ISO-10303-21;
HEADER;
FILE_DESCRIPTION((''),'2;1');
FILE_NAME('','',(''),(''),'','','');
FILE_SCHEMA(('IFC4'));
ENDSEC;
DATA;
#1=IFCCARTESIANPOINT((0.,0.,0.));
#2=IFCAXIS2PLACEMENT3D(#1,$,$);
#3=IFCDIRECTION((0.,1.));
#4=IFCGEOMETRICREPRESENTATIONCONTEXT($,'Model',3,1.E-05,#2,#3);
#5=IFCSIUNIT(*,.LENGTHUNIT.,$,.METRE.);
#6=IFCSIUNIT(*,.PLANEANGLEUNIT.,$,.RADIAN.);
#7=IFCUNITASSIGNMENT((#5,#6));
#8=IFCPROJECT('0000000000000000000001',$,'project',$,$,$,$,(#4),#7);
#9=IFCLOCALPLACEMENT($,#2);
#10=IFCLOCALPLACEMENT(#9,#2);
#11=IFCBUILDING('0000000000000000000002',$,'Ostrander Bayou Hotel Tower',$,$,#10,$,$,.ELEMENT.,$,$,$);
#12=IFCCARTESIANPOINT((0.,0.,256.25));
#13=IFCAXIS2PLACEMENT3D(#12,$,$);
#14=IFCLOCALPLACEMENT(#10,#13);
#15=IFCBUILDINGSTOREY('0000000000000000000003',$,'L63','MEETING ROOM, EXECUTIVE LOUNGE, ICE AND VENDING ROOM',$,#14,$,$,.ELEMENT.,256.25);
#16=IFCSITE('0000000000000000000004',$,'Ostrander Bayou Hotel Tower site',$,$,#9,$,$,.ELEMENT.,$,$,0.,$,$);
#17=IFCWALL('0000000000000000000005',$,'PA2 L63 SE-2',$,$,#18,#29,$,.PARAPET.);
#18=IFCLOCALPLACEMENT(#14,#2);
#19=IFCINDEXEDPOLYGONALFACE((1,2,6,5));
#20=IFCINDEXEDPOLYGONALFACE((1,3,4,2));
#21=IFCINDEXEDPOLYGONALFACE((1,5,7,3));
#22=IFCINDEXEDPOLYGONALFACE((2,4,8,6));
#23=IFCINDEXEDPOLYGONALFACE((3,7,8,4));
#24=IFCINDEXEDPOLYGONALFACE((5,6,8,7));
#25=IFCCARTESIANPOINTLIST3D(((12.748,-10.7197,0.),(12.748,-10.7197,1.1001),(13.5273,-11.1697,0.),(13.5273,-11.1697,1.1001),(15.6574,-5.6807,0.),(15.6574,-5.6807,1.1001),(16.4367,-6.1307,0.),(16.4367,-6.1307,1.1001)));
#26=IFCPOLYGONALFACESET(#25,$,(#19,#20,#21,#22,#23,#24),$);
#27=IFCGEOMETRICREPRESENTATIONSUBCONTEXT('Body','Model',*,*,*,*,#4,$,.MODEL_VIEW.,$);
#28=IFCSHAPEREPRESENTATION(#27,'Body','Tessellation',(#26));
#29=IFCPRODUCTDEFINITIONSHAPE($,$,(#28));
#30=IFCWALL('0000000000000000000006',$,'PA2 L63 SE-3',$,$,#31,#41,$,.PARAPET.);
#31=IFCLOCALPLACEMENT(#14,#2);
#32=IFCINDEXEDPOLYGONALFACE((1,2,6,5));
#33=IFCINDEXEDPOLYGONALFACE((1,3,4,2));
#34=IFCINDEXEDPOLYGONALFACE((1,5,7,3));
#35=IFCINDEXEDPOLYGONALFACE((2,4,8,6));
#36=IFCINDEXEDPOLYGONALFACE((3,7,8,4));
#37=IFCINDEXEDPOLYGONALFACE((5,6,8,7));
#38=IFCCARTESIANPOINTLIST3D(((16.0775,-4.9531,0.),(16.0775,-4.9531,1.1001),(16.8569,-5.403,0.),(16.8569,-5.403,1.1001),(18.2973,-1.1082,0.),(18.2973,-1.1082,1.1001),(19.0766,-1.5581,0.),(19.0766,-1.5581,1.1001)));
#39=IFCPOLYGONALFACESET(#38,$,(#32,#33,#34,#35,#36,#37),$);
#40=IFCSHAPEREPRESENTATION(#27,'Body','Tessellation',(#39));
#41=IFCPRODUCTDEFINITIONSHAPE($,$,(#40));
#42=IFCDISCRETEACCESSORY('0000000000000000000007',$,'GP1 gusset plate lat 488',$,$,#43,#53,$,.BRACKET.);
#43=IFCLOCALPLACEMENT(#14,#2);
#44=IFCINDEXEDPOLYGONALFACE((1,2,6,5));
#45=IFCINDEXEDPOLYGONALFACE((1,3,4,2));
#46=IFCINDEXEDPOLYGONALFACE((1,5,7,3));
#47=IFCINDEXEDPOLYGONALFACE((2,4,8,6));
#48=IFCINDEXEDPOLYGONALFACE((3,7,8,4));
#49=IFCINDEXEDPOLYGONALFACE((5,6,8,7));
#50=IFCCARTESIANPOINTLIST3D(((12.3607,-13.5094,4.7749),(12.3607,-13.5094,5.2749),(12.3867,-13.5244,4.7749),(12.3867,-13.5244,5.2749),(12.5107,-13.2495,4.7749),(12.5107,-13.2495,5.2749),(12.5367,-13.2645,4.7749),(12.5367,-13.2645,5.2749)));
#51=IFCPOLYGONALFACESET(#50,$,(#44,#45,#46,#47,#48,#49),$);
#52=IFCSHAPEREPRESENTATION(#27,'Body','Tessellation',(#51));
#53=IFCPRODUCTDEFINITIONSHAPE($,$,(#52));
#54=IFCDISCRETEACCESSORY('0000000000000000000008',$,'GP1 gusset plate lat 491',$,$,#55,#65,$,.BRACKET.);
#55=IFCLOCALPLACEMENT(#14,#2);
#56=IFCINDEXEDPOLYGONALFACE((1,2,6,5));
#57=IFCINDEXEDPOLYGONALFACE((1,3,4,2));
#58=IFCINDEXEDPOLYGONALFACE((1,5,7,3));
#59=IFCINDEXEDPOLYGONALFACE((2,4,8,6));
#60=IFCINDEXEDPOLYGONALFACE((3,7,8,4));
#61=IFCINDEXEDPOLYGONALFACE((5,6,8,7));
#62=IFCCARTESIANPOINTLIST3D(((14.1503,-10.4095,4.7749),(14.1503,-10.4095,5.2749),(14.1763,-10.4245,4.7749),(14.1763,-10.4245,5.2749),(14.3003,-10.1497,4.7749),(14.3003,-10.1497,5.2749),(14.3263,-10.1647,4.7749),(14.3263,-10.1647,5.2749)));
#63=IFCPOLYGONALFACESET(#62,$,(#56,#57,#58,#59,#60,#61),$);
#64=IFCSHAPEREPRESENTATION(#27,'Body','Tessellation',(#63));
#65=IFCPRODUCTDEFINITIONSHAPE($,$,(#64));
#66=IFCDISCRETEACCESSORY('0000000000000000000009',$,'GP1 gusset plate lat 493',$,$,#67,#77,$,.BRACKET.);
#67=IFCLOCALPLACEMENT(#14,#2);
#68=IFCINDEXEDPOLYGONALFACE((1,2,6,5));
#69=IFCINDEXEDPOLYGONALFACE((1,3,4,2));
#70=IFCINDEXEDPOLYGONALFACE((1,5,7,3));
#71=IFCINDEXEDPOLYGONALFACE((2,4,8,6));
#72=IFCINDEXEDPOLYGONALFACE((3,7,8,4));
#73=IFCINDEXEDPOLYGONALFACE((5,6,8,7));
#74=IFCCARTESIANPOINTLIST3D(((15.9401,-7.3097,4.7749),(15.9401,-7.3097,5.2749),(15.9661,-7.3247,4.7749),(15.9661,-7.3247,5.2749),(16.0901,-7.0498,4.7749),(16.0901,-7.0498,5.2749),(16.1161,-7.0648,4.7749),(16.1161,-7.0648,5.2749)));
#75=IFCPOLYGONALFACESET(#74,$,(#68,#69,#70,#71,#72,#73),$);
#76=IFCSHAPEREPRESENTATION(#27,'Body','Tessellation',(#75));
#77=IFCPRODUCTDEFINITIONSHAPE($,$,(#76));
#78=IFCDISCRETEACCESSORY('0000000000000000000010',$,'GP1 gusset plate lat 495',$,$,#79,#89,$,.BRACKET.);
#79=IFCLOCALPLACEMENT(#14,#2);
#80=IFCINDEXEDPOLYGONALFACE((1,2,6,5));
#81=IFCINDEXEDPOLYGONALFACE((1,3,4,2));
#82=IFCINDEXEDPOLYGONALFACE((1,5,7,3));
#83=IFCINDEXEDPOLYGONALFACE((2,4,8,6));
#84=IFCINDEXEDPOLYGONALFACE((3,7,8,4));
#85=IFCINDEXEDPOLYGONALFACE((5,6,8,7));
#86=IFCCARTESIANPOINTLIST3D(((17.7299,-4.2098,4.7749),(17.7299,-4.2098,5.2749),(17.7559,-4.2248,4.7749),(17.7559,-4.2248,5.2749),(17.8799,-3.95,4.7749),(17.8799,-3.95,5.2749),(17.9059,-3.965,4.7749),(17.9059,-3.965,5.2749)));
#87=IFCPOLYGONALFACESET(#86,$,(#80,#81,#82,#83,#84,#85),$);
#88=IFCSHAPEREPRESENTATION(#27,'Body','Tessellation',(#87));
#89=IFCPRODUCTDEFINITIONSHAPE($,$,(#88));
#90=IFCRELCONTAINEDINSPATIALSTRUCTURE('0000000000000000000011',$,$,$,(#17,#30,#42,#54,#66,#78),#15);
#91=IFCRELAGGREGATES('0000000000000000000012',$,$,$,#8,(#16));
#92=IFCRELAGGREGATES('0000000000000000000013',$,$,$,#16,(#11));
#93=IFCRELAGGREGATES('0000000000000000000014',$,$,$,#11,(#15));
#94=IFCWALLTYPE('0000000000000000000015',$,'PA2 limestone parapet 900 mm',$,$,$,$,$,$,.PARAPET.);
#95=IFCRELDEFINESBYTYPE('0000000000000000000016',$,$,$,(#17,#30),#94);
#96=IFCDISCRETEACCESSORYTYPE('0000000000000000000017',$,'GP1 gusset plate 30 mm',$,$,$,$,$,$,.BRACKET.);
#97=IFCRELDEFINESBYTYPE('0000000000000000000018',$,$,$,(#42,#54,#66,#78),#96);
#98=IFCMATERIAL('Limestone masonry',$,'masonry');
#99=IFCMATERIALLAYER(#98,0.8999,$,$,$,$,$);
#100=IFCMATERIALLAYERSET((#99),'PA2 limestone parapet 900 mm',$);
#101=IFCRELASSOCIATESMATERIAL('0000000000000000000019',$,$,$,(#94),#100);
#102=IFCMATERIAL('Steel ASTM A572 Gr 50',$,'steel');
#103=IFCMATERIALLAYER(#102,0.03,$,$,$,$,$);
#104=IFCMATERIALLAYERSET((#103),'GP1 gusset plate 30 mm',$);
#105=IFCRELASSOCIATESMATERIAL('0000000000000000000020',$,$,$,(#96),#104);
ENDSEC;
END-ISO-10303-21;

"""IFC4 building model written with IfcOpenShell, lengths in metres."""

from ifc_helpers import new_model, si_unit, direction, frame, frame_2d, origin, origin_2d, place, context, subcontext, project, spatial, rectangle, extrude, material, layer, layer_set, type_object, element, save


model = new_model("IFC4")

# Units and contexts
model_context = context("Model", 3, precision=1e-05, world=origin(), true_north=direction((0.0, 1.0)))
body_context = subcontext(model_context, "Body", "Model", "MODEL_VIEW")
ifc_project = project(units=[si_unit("LENGTHUNIT", "METRE"), si_unit("PLANEANGLEUNIT", "RADIAN")], contexts=[model_context])

# Site, building, storey
site_placement = place(None, origin())
site = spatial("IfcSite", under=ifc_project, at=site_placement, Name="Ostrander Bayou Hotel Tower site", CompositionType="ELEMENT", RefElevation=0.0)
building_placement = place(site_placement, origin())
building = spatial("IfcBuilding", under=site, at=building_placement, Name="Ostrander Bayou Hotel Tower", CompositionType="ELEMENT")
storey_placement = place(building_placement, frame((0.0, 0.0, 256.25)))
storey = spatial("IfcBuildingStorey", under=building, at=storey_placement, Name="L63", Description="MEETING ROOM, EXECUTIVE LOUNGE, ICE AND VENDING ROOM", CompositionType="ELEMENT", Elevation=256.25)

# Walls
ifc_material_1 = material(Name="Limestone masonry", Category="masonry")
ifc_layer_1 = layer(ifc_material_1, 0.8999)
ifc_layer_set_1 = layer_set([ifc_layer_1], Name="PA2 limestone parapet 900 mm")
wall_type = type_object("IfcWallType", Name="PA2 limestone parapet 900 mm", PredefinedType="PARAPET", material=ifc_layer_set_1)
wall_1_placement = place(storey_placement, frame((13.1377, -10.9446, 0.0), z_axis=(0.0, 0.0, 1.0), x_axis=(0.500015, 0.866016, 0.0)))
element("IfcWall", 1, at=wall_1_placement, inside=storey, type_object=wall_type, Name="PA2 L63 SE-2", PredefinedType="PARAPET", context=body_context, shape_type="SweptSolid", body=[
    extrude(rectangle(XDim=5.8186, YDim=0.8999, at=frame_2d((2.9092, 0.0))), origin(), (0.0, 0.0, 1.0), 1.1001),
])
wall_2_placement = place(storey_placement, frame((16.4673, -5.178, 0.0), z_axis=(0.0, 0.0, 1.0), x_axis=(0.499972, 0.866042, 0.0)))
element("IfcWall", 2, at=wall_2_placement, inside=storey, type_object=wall_type, Name="PA2 L63 SE-3", PredefinedType="PARAPET", context=body_context, shape_type="SweptSolid", body=[
    extrude(rectangle(XDim=4.4397, YDim=0.8999, at=frame_2d((2.2197, 0.0))), origin(), (0.0, 0.0, 1.0), 1.1001),
])

# Discrete accessories
ifc_material_2 = material(Name="Steel ASTM A572 Gr 50", Category="steel")
ifc_layer_2 = layer(ifc_material_2, 0.03)
ifc_layer_set_2 = layer_set([ifc_layer_2], Name="GP1 gusset plate 30 mm")
discrete_accessory_type = type_object("IfcDiscreteAccessoryType", Name="GP1 gusset plate 30 mm", PredefinedType="BRACKET", material=ifc_layer_set_2)
for number, where, z_axis, x_axis, name in (
    (3, (12.4487, -13.387, 4.7749), (0.0, 0.0, 1.0), (0.5, 0.866025, 0.0), "GP1 gusset plate lat 488"),
    (4, (14.2383, -10.2871, 4.7749), (0.0, 0.0, 1.0), (0.5, 0.866025, 0.0), "GP1 gusset plate lat 491"),
    (5, (16.0281, -7.1873, 4.7749), (0.0, 0.0, 1.0), (0.5, 0.866025, 0.0), "GP1 gusset plate lat 493"),
    (6, (17.8179, -4.0874, 4.7749), (0.0, 0.0, 1.0), (0.5, 0.866025, 0.0), "GP1 gusset plate lat 495"),
):
    element("IfcDiscreteAccessory", number, at=place(storey_placement, frame(where, z_axis=z_axis, x_axis=x_axis)), inside=storey, type_object=discrete_accessory_type, Name=name, PredefinedType="BRACKET", context=body_context, shape_type="SweptSolid", body=[
        extrude(rectangle(XDim=0.3, YDim=0.03, at=origin_2d()), origin(), (0.0, 0.0, 1.0), 0.5),
    ])

save(model, "model.ifc")
